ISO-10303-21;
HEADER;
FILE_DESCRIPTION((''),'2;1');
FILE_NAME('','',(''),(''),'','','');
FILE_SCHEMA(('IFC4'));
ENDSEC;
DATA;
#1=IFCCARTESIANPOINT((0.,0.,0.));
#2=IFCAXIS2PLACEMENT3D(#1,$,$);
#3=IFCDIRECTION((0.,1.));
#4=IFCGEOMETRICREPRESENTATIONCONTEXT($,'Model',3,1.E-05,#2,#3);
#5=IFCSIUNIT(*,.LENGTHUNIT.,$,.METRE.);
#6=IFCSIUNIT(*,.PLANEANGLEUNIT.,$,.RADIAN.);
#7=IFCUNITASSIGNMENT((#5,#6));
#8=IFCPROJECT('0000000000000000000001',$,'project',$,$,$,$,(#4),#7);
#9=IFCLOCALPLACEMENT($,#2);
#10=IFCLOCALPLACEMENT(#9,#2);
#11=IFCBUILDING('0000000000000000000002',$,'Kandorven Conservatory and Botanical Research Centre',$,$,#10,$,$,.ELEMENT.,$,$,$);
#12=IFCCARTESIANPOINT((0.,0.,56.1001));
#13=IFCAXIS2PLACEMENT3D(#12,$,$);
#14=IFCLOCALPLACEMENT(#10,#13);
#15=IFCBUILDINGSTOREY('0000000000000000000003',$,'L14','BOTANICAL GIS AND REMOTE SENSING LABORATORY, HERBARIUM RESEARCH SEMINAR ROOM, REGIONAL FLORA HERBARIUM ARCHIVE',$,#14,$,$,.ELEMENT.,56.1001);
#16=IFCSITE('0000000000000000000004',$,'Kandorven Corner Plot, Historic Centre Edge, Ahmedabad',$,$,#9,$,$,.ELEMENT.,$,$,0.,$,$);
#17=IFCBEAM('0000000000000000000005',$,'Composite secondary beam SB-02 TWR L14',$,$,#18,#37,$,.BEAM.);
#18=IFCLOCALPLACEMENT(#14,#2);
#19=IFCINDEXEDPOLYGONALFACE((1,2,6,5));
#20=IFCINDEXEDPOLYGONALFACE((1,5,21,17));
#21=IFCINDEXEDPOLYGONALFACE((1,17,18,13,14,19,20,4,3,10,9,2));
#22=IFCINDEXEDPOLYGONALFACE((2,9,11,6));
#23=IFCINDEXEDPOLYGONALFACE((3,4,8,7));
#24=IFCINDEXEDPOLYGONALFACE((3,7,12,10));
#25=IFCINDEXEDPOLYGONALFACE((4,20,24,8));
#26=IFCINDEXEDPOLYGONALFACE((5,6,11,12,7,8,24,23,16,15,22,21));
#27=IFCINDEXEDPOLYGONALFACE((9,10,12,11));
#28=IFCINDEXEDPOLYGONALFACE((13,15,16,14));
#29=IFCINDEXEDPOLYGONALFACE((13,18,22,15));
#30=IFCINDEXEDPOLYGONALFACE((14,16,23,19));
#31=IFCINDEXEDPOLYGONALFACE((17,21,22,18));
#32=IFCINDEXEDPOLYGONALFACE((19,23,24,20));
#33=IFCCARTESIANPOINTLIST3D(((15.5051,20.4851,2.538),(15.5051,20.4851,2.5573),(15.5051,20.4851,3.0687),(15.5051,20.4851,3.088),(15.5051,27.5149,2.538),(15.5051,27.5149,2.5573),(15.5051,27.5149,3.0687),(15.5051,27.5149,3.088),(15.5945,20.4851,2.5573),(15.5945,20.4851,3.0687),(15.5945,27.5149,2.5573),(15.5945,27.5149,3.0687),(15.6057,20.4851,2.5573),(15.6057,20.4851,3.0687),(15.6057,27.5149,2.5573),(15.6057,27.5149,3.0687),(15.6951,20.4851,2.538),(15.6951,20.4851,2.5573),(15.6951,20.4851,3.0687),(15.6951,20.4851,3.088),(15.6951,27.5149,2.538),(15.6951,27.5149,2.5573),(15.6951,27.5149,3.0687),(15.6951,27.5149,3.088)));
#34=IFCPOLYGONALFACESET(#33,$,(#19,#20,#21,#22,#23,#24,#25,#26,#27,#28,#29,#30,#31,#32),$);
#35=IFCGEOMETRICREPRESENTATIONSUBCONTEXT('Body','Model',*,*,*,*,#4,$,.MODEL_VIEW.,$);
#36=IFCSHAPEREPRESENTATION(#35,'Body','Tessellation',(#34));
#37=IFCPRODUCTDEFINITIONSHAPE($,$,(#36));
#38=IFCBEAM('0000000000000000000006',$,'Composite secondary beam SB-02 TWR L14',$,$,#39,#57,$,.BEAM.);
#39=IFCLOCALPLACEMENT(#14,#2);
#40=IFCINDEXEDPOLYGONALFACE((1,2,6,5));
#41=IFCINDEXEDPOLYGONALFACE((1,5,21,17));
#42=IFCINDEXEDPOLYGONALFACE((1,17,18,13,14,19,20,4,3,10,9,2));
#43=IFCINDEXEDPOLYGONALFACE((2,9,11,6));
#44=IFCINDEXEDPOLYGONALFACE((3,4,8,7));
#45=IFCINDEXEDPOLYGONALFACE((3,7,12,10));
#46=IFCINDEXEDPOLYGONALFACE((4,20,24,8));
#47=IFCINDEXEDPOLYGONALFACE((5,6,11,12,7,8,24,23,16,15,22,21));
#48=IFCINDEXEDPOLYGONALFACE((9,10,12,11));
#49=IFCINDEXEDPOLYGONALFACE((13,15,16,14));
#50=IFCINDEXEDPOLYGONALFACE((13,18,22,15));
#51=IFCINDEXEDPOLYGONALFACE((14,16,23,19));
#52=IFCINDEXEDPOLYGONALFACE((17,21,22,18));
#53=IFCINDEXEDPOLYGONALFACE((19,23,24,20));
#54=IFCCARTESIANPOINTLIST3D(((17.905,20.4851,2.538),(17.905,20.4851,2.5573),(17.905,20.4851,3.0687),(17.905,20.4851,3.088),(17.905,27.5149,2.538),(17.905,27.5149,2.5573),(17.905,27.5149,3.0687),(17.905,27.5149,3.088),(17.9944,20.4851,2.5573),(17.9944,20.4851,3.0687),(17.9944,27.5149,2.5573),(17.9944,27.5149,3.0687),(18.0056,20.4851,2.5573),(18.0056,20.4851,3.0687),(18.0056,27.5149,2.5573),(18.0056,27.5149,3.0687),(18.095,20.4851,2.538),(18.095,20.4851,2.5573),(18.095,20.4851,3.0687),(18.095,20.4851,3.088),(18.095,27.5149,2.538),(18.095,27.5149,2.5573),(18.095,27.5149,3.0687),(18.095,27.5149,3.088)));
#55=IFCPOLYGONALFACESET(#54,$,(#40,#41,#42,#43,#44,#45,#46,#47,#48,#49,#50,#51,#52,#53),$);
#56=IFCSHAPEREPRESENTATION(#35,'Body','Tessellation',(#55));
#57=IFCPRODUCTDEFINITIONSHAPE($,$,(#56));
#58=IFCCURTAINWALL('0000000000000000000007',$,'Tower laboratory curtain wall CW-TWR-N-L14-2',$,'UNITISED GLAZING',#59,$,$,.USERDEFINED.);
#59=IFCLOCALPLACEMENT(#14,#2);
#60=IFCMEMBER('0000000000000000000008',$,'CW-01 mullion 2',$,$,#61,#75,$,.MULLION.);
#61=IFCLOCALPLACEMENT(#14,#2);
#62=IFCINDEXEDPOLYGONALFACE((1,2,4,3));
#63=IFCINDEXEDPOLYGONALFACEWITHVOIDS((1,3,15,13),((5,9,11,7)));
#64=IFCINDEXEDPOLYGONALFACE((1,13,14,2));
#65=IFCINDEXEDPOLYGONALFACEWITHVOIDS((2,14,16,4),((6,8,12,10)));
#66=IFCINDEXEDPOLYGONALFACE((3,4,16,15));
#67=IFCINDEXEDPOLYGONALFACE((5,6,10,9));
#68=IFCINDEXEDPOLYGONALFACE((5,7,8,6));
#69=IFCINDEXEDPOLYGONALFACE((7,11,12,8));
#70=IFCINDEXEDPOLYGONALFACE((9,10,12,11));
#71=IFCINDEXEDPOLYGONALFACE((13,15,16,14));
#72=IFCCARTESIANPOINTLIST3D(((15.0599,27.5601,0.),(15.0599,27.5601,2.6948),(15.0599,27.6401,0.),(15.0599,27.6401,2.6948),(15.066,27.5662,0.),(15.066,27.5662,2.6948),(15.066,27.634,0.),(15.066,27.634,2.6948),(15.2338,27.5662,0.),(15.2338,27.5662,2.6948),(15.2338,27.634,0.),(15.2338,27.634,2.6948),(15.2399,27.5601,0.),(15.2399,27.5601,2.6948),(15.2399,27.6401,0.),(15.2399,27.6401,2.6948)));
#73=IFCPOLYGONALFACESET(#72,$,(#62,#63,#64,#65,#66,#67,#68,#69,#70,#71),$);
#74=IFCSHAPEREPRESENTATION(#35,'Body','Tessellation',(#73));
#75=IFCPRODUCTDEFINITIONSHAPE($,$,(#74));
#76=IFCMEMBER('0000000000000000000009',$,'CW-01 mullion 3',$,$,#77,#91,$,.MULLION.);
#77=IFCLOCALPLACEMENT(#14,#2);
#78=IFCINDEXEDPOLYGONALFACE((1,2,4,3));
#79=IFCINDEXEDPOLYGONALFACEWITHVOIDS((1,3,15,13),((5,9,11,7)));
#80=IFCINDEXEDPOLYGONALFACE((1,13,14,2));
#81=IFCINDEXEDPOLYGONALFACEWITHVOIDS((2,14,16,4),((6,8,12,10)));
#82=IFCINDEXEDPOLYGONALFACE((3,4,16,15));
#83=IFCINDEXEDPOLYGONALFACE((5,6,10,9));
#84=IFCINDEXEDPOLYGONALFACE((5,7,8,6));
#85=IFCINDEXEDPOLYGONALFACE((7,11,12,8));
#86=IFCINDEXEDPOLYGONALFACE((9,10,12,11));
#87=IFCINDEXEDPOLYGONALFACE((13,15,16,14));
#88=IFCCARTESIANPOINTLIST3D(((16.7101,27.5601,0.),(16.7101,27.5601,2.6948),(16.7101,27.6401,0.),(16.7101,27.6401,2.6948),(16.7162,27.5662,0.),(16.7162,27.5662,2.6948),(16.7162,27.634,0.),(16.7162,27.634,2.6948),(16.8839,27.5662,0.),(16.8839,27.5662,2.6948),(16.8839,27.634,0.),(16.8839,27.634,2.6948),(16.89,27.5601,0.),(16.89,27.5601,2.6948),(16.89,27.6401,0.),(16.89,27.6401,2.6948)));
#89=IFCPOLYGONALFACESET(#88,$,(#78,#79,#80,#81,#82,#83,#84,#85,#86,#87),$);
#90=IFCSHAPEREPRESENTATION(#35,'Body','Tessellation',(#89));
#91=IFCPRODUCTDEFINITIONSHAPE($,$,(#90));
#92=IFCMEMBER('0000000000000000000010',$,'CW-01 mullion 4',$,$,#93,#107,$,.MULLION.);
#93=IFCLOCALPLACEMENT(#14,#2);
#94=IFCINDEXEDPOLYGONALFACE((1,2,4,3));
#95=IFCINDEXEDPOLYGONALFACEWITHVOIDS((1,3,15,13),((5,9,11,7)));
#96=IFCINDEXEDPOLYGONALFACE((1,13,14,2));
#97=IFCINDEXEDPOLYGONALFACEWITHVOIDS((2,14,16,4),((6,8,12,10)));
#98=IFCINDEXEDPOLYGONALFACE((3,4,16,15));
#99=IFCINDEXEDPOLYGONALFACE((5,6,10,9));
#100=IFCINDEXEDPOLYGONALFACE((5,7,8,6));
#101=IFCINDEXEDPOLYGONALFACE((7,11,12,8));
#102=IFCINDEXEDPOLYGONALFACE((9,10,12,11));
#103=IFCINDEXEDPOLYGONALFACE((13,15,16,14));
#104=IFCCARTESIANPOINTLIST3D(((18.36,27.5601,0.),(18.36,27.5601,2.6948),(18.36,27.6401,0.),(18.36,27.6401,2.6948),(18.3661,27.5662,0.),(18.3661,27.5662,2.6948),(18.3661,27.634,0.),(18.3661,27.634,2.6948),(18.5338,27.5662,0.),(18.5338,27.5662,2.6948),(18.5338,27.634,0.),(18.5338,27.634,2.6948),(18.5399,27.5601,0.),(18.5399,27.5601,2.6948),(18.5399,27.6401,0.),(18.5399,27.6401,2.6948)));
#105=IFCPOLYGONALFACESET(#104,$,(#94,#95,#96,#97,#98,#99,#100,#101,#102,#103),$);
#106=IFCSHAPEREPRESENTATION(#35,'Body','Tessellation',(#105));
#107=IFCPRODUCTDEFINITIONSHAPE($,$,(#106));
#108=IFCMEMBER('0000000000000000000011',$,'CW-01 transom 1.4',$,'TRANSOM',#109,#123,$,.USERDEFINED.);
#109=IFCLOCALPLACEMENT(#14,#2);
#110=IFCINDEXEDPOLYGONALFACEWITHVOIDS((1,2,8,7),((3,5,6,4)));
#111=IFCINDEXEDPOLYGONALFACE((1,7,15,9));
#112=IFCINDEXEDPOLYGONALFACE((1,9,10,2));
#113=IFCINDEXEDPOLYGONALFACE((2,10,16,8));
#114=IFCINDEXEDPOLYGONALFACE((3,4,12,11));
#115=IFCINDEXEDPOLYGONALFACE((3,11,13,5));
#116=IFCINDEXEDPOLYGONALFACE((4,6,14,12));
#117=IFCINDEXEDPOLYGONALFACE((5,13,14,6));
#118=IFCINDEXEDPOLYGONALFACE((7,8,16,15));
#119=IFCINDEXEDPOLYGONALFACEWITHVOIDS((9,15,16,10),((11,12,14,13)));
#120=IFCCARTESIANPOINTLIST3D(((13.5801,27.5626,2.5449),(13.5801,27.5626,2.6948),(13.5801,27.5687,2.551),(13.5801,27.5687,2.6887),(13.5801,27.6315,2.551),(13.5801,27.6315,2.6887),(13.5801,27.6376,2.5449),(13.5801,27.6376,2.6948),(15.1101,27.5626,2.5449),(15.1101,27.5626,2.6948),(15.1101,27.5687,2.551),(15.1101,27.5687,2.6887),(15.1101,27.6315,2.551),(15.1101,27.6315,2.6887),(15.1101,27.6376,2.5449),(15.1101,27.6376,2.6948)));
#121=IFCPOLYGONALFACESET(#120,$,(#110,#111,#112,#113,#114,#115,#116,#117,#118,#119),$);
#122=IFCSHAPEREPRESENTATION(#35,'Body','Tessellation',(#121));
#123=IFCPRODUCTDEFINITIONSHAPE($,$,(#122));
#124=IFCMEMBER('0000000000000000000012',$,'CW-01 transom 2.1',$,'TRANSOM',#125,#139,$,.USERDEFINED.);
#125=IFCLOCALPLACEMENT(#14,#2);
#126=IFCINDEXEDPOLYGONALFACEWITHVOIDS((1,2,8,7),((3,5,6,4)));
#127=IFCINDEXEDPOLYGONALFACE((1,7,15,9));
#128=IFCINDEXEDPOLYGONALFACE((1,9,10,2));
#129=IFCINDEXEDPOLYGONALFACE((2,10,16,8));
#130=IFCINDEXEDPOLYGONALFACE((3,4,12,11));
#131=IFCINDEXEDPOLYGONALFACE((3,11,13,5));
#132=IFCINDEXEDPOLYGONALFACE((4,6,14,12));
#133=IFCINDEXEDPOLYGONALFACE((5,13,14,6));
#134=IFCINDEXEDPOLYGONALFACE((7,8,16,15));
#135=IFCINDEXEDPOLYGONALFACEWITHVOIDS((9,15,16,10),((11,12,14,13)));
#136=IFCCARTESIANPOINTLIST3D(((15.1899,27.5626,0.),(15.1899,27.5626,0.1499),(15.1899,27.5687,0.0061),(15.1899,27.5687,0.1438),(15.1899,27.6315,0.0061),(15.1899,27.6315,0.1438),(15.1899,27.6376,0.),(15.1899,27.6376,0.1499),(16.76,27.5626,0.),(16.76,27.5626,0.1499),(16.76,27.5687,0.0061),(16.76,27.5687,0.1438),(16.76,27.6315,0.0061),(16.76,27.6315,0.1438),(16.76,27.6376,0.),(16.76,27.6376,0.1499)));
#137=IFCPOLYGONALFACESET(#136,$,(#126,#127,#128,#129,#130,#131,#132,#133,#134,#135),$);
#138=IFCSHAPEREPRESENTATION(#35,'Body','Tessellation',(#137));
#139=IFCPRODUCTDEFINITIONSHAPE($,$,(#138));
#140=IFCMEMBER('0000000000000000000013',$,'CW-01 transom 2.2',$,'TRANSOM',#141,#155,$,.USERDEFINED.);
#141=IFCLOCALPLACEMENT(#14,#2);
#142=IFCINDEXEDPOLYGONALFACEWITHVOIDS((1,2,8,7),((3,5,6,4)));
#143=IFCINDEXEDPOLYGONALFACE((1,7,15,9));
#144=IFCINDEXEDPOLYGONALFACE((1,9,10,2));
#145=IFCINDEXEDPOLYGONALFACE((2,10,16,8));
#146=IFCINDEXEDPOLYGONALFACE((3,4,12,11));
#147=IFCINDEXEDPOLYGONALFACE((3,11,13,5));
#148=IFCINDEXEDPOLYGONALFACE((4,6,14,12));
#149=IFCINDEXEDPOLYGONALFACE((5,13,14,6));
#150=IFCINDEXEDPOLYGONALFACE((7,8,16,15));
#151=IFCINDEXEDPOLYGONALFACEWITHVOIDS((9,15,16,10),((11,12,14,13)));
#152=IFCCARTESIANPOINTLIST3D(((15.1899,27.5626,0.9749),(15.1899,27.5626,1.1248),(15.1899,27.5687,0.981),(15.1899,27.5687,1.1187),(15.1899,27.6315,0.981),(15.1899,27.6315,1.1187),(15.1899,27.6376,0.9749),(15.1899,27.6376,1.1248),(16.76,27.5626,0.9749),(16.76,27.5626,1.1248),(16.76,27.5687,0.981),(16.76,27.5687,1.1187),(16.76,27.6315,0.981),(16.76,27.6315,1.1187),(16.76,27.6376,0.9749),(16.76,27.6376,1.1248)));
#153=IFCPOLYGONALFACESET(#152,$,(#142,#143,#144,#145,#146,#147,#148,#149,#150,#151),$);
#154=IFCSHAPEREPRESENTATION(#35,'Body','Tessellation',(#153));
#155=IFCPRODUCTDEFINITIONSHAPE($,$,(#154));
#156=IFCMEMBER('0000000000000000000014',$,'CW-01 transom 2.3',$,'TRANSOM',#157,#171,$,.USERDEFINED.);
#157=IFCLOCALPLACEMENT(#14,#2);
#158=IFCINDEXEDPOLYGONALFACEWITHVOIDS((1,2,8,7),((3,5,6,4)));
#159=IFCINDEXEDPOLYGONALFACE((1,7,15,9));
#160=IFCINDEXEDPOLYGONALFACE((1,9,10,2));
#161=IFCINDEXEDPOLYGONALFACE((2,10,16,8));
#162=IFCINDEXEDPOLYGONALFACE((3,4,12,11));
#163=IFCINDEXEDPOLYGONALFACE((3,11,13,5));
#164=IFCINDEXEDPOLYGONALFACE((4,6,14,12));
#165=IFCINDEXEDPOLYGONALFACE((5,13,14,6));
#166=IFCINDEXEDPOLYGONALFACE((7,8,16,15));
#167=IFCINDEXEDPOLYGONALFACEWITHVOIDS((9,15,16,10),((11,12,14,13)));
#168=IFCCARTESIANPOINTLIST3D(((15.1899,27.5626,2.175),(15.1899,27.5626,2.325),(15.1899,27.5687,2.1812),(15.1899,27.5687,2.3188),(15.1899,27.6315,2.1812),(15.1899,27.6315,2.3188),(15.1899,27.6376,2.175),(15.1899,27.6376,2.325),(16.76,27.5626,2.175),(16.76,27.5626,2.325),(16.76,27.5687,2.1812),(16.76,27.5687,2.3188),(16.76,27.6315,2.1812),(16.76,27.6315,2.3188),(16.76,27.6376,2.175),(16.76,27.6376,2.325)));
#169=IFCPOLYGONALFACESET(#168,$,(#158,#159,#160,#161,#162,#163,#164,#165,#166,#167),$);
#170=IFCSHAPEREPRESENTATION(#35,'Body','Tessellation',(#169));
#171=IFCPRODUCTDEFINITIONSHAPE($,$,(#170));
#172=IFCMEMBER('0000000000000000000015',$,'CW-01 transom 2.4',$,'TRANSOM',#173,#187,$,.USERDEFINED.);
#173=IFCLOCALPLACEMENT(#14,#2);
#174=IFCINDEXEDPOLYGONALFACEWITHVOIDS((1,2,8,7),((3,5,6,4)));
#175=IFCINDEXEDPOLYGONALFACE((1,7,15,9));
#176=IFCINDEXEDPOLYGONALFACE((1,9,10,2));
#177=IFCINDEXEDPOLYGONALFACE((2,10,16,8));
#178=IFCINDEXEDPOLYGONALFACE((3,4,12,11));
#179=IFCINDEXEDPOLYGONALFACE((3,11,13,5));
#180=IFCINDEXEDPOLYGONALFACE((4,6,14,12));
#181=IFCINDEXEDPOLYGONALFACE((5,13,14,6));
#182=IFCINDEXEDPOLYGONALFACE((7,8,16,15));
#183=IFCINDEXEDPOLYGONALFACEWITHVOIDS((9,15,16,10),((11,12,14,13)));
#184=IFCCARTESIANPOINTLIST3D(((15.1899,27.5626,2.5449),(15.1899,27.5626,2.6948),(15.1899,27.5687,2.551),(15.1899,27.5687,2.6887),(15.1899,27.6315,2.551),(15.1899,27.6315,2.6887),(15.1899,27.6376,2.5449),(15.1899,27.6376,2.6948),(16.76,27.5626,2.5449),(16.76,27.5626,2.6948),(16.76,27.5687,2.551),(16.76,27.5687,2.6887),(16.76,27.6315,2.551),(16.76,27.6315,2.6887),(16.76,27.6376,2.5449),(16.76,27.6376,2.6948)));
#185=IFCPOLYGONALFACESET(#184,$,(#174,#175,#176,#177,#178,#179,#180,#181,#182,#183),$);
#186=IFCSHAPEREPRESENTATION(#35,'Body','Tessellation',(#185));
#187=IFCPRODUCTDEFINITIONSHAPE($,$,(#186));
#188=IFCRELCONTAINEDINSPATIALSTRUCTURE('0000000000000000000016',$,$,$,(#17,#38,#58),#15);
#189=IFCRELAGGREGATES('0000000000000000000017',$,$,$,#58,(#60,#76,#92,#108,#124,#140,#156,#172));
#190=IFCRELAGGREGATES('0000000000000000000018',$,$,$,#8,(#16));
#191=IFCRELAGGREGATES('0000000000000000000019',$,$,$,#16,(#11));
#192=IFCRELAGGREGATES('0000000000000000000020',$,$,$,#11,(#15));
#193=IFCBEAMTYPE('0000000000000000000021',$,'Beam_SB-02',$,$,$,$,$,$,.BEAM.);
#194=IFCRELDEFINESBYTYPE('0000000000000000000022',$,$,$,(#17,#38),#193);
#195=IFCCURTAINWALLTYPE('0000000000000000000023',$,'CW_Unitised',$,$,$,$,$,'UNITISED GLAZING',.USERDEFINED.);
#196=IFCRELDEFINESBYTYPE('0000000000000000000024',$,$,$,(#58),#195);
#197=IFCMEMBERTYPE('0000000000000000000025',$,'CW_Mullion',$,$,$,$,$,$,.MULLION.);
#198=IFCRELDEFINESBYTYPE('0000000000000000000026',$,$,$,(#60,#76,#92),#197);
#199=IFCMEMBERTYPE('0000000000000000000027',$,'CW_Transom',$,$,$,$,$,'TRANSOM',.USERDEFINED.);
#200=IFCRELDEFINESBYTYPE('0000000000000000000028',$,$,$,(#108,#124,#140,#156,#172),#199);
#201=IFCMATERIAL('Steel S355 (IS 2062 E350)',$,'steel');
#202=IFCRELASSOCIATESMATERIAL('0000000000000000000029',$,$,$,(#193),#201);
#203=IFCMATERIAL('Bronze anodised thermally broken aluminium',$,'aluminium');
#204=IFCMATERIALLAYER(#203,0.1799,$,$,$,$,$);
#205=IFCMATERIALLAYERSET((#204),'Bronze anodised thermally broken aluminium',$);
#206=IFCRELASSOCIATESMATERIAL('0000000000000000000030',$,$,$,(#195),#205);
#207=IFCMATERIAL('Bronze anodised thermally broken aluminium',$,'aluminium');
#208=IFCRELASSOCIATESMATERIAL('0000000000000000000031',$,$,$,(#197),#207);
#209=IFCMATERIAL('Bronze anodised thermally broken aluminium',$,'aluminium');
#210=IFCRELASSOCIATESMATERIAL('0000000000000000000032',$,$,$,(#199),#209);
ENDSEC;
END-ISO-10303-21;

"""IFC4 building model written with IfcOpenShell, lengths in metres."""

from ifc_helpers import new_model, si_unit, direction, frame, origin, origin_2d, place, context, subcontext, project, spatial, hollow_rectangle, i_section, extrude, material, layer, layer_set, material_profile, profile_set, type_object, element, aggregate, save


model = new_model("IFC4")

# Units and contexts
model_context = context("Model", 3, precision=1e-05, world=origin(), true_north=direction((0.0, 1.0)))
body_context = subcontext(model_context, "Body", "Model", "MODEL_VIEW")
ifc_project = project(units=[si_unit("LENGTHUNIT", "METRE"), si_unit("PLANEANGLEUNIT", "RADIAN")], contexts=[model_context])

# Site, building, storey
site_placement = place(None, origin())
site = spatial("IfcSite", under=ifc_project, at=site_placement, Name="Kandorven Corner Plot, Historic Centre Edge, Ahmedabad", CompositionType="ELEMENT", RefElevation=0.0)
building_placement = place(site_placement, origin())
building = spatial("IfcBuilding", under=site, at=building_placement, Name="Kandorven Conservatory and Botanical Research Centre", CompositionType="ELEMENT")
storey_placement = place(building_placement, frame((0.0, 0.0, 56.1001)))
storey = spatial("IfcBuildingStorey", under=building, at=storey_placement, Name="L14", Description="BOTANICAL GIS AND REMOTE SENSING LABORATORY, HERBARIUM RESEARCH SEMINAR ROOM, REGIONAL FLORA HERBARIUM ARCHIVE", CompositionType="ELEMENT", Elevation=56.1001)

# Beams
ifc_material_1 = material(Name="Steel S355 (IS 2062 E350)", Category="steel")
ifc_material_profile_1 = material_profile(ifc_material_1, i_section(OverallWidth=0.1899, OverallDepth=0.55, WebThickness=0.0112, FlangeThickness=0.0193, at=origin_2d()))
ifc_profile_set_1 = profile_set([ifc_material_profile_1], Name="Steel S355 (IS 2062 E350)")
beam_type = type_object("IfcBeamType", Name="Beam_SB-02", PredefinedType="BEAM", material=ifc_profile_set_1)
for number, where, z_axis, x_axis, name in (
    (1, (15.6001, 20.4851, 2.813), (0.0, 1.0, 0.0), (-1.0, 0.0, 0.0), "Composite secondary beam SB-02 TWR L14"),
    (2, (18.0, 20.4851, 2.813), (0.0, 1.0, 0.0), (-1.0, 0.0, 0.0), "Composite secondary beam SB-02 TWR L14"),
):
    element("IfcBeam", number, at=place(storey_placement, frame(where, z_axis=z_axis, x_axis=x_axis)), inside=storey, type_object=beam_type, Name=name, PredefinedType="BEAM", context=body_context, shape_type="SweptSolid", body=[
        extrude(i_section(OverallWidth=0.1899, OverallDepth=0.55, WebThickness=0.0112, FlangeThickness=0.0193, at=origin_2d()), origin(), (0.0, 0.0, 1.0), 7.0298),
    ])

# Curtain wall, members
ifc_material_2 = material(Name="Bronze anodised thermally broken aluminium", Category="aluminium")
ifc_layer_1 = layer(ifc_material_2, 0.1799)
ifc_layer_set_1 = layer_set([ifc_layer_1], Name="Bronze anodised thermally broken aluminium")
curtain_wall_type = type_object("IfcCurtainWallType", Name="CW_Unitised", ElementType="UNITISED GLAZING", PredefinedType="USERDEFINED", material=ifc_layer_set_1)
curtain_wall_placement = place(storey_placement, origin())
curtain_wall = element("IfcCurtainWall", 3, at=curtain_wall_placement, inside=storey, type_object=curtain_wall_type, Name="Tower laboratory curtain wall CW-TWR-N-L14-2", ObjectType="UNITISED GLAZING", PredefinedType="USERDEFINED")
ifc_material_3 = material(Name="Bronze anodised thermally broken aluminium", Category="aluminium")
ifc_material_profile_2 = material_profile(ifc_material_3, hollow_rectangle(XDim=0.0801, YDim=0.1799, WallThickness=0.0061, at=origin_2d()))
ifc_profile_set_2 = profile_set([ifc_material_profile_2], Name="Bronze anodised thermally broken aluminium")
member_type_1 = type_object("IfcMemberType", Name="CW_Mullion", PredefinedType="MULLION", material=ifc_profile_set_2)
member_1_placement = place(storey_placement, frame((15.1499, 27.6001, 0.0), z_axis=(0.0, 0.0, 1.0), x_axis=(0.0, 1.0, 0.0)))
member_1 = element("IfcMember", 4, at=member_1_placement, type_object=member_type_1, Name="CW-01 mullion 2", PredefinedType="MULLION", context=body_context, shape_type="SweptSolid", body=[
    extrude(hollow_rectangle(XDim=0.0801, YDim=0.1799, WallThickness=0.0061, at=origin_2d()), origin(), (0.0, 0.0, 1.0), 2.6948),
])
member_2_placement = place(storey_placement, frame((16.8, 27.6001, 0.0), z_axis=(0.0, 0.0, 1.0), x_axis=(0.0, 1.0, 0.0)))
member_2 = element("IfcMember", 5, at=member_2_placement, type_object=member_type_1, Name="CW-01 mullion 3", PredefinedType="MULLION", context=body_context, shape_type="SweptSolid", body=[
    extrude(hollow_rectangle(XDim=0.0801, YDim=0.1799, WallThickness=0.0061, at=origin_2d()), origin(), (0.0, 0.0, 1.0), 2.6948),
])
member_3_placement = place(storey_placement, frame((18.45, 27.6001, 0.0), z_axis=(0.0, 0.0, 1.0), x_axis=(0.0, 1.0, 0.0)))
member_3 = element("IfcMember", 6, at=member_3_placement, type_object=member_type_1, Name="CW-01 mullion 4", PredefinedType="MULLION", context=body_context, shape_type="SweptSolid", body=[
    extrude(hollow_rectangle(XDim=0.0801, YDim=0.1799, WallThickness=0.0061, at=origin_2d()), origin(), (0.0, 0.0, 1.0), 2.6948),
])
ifc_material_4 = material(Name="Bronze anodised thermally broken aluminium", Category="aluminium")
ifc_material_profile_3 = material_profile(ifc_material_4, hollow_rectangle(XDim=0.075, YDim=0.1499, WallThickness=0.0061, at=origin_2d()))
ifc_profile_set_3 = profile_set([ifc_material_profile_3], Name="Bronze anodised thermally broken aluminium")
member_type_2 = type_object("IfcMemberType", Name="CW_Transom", ElementType="TRANSOM", PredefinedType="USERDEFINED", material=ifc_profile_set_3)
member_4_placement = place(storey_placement, frame((13.5801, 27.6001, 2.6199), z_axis=(1.0, 0.0, 0.0), x_axis=(0.0, 1.0, 0.0)))
member_4 = element("IfcMember", 7, at=member_4_placement, type_object=member_type_2, Name="CW-01 transom 1.4", ObjectType="TRANSOM", PredefinedType="USERDEFINED", context=body_context, shape_type="SweptSolid", body=[
    extrude(hollow_rectangle(XDim=0.075, YDim=0.1499, WallThickness=0.0061, at=origin_2d()), origin(), (0.0, 0.0, 1.0), 1.53),
])
member_5_placement = place(storey_placement, frame((15.1899, 27.6001, 0.075), z_axis=(1.0, 0.0, 0.0), x_axis=(0.0, 1.0, 0.0)))
member_5 = element("IfcMember", 8, at=member_5_placement, type_object=member_type_2, Name="CW-01 transom 2.1", ObjectType="TRANSOM", PredefinedType="USERDEFINED", context=body_context, shape_type="SweptSolid", body=[
    extrude(hollow_rectangle(XDim=0.075, YDim=0.1499, WallThickness=0.0061, at=origin_2d()), origin(), (0.0, 0.0, 1.0), 1.5701),
])
member_6_placement = place(storey_placement, frame((15.1899, 27.6001, 1.0498), z_axis=(1.0, 0.0, 0.0), x_axis=(0.0, 1.0, 0.0)))
member_6 = element("IfcMember", 9, at=member_6_placement, type_object=member_type_2, Name="CW-01 transom 2.2", ObjectType="TRANSOM", PredefinedType="USERDEFINED", context=body_context, shape_type="SweptSolid", body=[
    extrude(hollow_rectangle(XDim=0.075, YDim=0.1499, WallThickness=0.0061, at=origin_2d()), origin(), (0.0, 0.0, 1.0), 1.5701),
])
member_7_placement = place(storey_placement, frame((15.1899, 27.6001, 2.25), z_axis=(1.0, 0.0, 0.0), x_axis=(0.0, 1.0, 0.0)))
member_7 = element("IfcMember", 10, at=member_7_placement, type_object=member_type_2, Name="CW-01 transom 2.3", ObjectType="TRANSOM", PredefinedType="USERDEFINED", context=body_context, shape_type="SweptSolid", body=[
    extrude(hollow_rectangle(XDim=0.075, YDim=0.1499, WallThickness=0.0061, at=origin_2d()), origin(), (0.0, 0.0, 1.0), 1.5701),
])
member_8_placement = place(storey_placement, frame((15.1899, 27.6001, 2.6199), z_axis=(1.0, 0.0, 0.0), x_axis=(0.0, 1.0, 0.0)))
member_8 = element("IfcMember", 11, at=member_8_placement, type_object=member_type_2, Name="CW-01 transom 2.4", ObjectType="TRANSOM", PredefinedType="USERDEFINED", context=body_context, shape_type="SweptSolid", body=[
    extrude(hollow_rectangle(XDim=0.075, YDim=0.1499, WallThickness=0.0061, at=origin_2d()), origin(), (0.0, 0.0, 1.0), 1.5701),
])
aggregate(curtain_wall, [member_1, member_2, member_3, member_4, member_5, member_6, member_7, member_8])

save(model, "model.ifc")
